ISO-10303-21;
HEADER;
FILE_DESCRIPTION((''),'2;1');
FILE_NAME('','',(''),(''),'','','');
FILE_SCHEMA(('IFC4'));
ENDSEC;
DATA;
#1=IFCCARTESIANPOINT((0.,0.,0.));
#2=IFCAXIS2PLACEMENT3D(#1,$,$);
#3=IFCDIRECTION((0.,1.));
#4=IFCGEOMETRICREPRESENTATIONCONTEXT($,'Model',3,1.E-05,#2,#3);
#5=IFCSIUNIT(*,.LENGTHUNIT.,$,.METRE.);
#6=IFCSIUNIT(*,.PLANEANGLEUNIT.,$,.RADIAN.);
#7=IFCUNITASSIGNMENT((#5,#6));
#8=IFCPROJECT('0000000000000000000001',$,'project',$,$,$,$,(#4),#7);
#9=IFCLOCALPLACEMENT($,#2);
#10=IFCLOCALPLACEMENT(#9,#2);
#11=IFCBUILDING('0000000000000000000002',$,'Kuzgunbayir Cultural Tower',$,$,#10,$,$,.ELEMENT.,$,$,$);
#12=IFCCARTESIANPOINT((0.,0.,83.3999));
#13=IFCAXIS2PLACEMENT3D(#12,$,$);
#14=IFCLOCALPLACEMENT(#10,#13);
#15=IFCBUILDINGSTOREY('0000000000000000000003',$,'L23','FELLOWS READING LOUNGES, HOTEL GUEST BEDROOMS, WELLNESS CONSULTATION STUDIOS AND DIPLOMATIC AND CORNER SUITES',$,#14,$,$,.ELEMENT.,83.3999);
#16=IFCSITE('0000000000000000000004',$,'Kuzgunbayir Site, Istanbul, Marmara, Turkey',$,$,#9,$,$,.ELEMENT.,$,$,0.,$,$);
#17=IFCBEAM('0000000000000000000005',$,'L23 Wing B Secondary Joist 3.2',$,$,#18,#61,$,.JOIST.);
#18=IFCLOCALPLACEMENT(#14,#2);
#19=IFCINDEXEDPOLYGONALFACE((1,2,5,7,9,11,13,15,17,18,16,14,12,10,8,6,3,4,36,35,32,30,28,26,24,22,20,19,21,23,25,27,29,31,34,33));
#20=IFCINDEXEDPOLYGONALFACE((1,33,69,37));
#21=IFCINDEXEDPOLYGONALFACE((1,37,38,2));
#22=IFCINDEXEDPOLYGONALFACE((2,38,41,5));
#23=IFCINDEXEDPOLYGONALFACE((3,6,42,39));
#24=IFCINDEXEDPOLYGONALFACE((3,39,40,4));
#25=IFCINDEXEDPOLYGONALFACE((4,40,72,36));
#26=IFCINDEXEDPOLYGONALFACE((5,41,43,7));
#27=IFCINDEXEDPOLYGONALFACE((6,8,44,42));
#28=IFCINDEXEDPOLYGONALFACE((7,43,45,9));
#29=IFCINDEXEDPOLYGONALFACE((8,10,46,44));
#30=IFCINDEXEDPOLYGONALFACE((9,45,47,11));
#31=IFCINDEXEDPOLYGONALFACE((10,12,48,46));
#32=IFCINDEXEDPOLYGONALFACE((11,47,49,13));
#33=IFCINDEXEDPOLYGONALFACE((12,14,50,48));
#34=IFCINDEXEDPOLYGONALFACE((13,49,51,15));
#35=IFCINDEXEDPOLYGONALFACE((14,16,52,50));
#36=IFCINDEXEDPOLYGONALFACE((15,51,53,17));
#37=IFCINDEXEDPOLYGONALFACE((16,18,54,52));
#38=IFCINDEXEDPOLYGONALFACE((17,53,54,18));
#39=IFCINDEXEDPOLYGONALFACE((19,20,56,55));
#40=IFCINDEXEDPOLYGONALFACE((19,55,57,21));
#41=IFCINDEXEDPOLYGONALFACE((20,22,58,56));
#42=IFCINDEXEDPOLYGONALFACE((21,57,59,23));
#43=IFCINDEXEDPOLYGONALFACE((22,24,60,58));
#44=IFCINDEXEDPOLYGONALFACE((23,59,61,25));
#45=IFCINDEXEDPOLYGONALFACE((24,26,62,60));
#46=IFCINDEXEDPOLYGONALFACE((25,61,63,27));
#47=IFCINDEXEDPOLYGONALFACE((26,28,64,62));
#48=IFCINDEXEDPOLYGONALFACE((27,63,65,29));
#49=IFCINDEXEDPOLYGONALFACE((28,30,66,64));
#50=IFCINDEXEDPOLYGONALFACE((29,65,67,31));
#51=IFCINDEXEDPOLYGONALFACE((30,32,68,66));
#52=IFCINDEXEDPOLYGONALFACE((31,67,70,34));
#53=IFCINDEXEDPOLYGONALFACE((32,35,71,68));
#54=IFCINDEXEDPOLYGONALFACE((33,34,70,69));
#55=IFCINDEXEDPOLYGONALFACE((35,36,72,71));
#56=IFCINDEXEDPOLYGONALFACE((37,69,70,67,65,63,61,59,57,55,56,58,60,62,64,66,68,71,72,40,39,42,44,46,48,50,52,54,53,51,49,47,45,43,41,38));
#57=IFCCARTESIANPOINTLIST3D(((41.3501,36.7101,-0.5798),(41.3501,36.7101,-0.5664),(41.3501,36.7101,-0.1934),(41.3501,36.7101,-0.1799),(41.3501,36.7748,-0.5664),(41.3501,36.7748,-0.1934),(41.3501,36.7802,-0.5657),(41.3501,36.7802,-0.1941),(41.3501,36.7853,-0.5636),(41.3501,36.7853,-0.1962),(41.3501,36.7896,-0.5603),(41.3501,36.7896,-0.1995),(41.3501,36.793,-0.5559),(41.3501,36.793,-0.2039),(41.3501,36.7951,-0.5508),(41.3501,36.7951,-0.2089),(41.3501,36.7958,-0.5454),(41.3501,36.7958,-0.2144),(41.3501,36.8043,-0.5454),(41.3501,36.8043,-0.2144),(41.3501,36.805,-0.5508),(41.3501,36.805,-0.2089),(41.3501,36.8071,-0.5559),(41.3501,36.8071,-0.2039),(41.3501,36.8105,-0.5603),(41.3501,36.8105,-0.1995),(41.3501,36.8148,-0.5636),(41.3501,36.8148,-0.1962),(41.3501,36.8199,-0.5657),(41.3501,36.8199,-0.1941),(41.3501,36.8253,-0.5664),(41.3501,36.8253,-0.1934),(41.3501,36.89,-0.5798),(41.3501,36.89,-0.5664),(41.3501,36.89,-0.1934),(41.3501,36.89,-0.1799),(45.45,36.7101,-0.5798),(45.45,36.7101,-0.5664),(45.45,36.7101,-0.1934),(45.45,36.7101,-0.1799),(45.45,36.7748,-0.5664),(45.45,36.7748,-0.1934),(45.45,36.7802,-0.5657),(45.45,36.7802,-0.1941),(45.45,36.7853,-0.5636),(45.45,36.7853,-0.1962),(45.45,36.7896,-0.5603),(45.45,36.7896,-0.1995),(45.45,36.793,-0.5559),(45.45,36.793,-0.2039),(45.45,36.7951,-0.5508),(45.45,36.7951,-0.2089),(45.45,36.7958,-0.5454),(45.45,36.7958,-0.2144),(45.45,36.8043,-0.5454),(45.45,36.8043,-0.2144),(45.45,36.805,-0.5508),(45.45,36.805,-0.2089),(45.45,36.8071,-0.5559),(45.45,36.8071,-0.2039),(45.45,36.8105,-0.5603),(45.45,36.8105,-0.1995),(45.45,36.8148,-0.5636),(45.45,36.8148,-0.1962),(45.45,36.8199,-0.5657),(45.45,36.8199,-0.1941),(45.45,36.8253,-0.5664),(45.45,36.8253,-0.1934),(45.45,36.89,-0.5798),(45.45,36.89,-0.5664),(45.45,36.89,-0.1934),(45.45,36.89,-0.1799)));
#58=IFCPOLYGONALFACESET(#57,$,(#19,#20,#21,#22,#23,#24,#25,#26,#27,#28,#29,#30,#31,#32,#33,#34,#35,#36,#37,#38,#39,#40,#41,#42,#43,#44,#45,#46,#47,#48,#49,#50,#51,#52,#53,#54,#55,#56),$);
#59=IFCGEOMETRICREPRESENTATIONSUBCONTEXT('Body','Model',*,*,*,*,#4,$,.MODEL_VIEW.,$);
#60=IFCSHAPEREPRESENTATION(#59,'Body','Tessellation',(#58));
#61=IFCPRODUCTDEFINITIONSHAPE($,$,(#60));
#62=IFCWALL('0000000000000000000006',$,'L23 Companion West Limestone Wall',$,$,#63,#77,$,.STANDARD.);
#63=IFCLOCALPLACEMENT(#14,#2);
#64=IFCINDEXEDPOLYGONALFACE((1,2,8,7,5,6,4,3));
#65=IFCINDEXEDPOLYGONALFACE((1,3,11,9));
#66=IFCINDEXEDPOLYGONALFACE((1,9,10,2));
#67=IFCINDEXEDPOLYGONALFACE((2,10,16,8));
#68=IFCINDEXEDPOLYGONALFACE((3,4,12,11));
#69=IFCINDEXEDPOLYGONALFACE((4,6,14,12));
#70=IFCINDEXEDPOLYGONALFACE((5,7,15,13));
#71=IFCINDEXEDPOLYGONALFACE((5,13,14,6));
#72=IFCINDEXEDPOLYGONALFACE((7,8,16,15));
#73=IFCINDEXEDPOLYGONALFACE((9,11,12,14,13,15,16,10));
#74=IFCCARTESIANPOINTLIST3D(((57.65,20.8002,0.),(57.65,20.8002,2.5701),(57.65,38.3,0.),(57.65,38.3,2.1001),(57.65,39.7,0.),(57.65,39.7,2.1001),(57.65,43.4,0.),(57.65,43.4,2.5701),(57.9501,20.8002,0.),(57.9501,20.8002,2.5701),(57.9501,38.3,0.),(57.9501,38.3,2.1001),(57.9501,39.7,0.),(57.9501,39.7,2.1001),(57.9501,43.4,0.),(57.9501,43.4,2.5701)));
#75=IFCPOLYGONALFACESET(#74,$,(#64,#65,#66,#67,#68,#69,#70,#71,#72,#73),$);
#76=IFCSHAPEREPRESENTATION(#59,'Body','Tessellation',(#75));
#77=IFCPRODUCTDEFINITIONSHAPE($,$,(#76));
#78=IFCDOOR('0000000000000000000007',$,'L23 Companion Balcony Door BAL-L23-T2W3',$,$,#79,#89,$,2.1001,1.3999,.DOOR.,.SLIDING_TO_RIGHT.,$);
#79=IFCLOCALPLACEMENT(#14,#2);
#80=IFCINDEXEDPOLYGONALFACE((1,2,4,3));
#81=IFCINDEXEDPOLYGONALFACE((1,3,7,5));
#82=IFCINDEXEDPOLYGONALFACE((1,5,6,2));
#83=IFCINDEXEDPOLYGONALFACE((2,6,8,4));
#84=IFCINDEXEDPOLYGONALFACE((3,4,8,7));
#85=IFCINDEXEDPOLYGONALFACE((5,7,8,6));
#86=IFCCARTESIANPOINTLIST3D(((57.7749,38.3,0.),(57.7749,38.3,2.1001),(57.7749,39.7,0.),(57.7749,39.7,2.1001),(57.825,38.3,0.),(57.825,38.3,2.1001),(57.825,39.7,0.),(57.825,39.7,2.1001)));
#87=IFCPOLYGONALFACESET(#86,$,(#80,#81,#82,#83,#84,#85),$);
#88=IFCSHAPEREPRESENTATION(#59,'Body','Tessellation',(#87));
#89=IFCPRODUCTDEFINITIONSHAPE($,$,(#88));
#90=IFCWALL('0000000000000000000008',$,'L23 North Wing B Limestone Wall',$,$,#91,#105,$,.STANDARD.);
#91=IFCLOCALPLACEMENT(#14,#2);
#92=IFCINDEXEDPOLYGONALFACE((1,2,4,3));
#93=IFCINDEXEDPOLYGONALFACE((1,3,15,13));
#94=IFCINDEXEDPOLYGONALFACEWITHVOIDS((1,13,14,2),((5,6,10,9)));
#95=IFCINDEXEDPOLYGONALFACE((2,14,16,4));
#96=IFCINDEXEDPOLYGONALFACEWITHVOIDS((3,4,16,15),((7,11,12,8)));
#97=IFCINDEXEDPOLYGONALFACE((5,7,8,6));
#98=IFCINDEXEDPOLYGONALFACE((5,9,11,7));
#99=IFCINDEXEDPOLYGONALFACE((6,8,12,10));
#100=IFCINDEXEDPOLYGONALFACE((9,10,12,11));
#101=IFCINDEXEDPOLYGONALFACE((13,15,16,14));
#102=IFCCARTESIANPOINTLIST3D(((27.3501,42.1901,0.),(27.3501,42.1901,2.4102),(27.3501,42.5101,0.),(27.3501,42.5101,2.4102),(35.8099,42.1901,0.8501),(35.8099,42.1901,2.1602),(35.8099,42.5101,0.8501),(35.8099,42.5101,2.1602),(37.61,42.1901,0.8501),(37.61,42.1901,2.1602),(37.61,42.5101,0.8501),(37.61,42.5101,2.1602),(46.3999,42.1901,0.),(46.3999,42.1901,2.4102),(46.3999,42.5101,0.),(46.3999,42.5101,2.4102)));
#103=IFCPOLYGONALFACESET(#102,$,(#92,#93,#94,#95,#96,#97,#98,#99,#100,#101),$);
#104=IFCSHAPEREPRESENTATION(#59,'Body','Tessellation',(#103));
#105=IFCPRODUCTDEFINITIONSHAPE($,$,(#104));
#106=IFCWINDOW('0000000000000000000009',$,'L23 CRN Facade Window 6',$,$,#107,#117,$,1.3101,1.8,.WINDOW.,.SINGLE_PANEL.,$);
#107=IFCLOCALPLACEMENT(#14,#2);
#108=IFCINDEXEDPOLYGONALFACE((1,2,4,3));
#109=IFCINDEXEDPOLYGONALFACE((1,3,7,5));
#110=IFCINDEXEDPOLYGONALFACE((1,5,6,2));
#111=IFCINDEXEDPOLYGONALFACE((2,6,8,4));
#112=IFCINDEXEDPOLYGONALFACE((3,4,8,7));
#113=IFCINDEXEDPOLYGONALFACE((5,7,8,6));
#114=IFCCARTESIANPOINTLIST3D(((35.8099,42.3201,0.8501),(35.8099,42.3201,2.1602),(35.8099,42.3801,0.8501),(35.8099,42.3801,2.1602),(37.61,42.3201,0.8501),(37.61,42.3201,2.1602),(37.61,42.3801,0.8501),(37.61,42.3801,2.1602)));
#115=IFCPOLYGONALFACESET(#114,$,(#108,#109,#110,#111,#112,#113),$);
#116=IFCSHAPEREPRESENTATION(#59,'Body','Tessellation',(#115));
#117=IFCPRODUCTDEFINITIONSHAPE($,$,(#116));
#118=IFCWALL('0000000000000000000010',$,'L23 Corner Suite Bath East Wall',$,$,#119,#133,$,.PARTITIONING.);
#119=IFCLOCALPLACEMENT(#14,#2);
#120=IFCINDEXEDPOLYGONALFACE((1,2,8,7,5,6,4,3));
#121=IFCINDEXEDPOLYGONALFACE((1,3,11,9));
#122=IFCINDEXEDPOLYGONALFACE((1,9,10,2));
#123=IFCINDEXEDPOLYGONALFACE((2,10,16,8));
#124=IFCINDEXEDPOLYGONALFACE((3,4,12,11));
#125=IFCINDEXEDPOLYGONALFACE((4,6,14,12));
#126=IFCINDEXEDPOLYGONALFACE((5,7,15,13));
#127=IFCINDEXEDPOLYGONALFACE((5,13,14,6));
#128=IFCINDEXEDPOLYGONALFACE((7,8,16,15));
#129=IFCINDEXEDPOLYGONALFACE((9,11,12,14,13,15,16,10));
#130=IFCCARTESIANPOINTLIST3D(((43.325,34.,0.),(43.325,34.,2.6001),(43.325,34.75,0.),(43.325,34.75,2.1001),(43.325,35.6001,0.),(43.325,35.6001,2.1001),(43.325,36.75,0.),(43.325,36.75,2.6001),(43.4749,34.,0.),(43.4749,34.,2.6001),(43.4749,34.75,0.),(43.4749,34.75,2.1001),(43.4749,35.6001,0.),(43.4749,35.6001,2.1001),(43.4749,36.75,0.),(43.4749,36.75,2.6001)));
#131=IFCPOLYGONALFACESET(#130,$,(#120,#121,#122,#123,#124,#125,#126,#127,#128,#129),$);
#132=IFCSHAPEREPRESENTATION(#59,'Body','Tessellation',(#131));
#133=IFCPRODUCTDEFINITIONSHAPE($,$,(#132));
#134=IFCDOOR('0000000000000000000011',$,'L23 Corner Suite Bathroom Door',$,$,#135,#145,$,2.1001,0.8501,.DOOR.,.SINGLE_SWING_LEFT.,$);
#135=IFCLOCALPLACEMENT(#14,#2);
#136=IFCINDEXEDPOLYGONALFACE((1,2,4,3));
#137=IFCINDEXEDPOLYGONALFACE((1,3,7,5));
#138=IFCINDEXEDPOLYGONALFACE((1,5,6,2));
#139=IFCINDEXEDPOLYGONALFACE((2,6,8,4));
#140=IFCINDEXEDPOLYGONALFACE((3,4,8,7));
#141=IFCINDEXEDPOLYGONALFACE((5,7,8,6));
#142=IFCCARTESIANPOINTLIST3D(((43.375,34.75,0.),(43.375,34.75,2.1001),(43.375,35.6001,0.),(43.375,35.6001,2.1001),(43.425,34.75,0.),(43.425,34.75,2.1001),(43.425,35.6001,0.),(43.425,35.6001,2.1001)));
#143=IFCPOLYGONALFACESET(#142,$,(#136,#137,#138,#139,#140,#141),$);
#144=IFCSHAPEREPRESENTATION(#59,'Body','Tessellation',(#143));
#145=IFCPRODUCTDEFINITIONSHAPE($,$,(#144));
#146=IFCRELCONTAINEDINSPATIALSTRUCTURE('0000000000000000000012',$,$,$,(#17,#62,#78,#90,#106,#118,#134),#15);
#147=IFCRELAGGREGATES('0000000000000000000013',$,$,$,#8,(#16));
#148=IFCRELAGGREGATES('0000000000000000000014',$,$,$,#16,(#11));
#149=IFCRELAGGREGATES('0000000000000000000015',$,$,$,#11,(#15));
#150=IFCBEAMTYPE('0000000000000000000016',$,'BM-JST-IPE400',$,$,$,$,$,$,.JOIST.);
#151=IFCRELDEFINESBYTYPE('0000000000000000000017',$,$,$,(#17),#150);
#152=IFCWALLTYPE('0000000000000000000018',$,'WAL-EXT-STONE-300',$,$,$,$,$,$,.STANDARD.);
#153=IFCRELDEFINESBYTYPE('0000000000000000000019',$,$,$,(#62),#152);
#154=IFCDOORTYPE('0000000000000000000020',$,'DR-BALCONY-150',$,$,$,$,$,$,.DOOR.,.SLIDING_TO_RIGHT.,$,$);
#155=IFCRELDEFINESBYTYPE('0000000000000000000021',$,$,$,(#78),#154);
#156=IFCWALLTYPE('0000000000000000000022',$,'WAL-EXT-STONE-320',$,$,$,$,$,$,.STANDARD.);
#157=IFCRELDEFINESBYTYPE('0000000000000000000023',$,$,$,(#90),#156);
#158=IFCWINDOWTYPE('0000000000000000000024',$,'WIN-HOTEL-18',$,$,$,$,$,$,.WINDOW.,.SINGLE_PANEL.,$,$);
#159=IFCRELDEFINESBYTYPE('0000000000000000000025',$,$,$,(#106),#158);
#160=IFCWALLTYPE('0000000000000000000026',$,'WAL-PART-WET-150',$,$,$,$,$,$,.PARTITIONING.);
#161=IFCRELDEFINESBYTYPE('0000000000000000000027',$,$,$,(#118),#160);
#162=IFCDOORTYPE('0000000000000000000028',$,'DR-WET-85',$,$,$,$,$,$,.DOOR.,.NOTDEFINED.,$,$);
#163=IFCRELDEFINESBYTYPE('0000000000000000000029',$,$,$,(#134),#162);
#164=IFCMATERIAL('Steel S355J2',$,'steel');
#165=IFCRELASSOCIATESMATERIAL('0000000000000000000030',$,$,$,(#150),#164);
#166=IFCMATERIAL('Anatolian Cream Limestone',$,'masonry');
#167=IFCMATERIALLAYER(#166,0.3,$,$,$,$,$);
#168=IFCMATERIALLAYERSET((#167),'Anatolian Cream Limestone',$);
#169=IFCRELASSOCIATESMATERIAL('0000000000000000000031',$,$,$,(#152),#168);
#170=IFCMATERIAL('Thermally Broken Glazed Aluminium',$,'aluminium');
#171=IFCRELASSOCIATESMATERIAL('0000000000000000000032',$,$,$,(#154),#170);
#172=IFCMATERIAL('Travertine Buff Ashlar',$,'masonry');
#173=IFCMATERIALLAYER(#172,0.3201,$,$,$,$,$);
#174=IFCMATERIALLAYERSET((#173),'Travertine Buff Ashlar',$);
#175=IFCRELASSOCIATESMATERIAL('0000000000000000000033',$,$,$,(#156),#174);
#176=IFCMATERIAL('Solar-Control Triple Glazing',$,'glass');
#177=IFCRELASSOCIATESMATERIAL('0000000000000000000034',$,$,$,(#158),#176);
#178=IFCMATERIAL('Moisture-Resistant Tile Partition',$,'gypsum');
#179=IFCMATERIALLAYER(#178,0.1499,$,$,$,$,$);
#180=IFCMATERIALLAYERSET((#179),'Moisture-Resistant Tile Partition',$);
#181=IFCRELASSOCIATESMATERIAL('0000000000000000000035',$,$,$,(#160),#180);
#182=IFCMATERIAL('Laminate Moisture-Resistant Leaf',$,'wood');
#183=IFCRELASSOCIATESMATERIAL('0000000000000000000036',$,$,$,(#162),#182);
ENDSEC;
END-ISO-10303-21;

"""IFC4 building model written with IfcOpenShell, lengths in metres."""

from ifc_helpers import new_model, si_unit, direction, frame, frame_2d, origin, origin_2d, place, context, subcontext, project, spatial, rectangle, i_section, extrude, material, layer, layer_set, material_profile, profile_set, type_object, element, fill, save


model = new_model("IFC4")

# Units and contexts
model_context = context("Model", 3, precision=1e-05, world=origin(), true_north=direction((0.0, 1.0)))
body_context = subcontext(model_context, "Body", "Model", "MODEL_VIEW")
ifc_project = project(units=[si_unit("LENGTHUNIT", "METRE"), si_unit("PLANEANGLEUNIT", "RADIAN")], contexts=[model_context])

# Site, building, storey
site_placement = place(None, origin())
site = spatial("IfcSite", under=ifc_project, at=site_placement, Name="Kuzgunbayir Site, Istanbul, Marmara, Turkey", CompositionType="ELEMENT", RefElevation=0.0)
building_placement = place(site_placement, origin())
building = spatial("IfcBuilding", under=site, at=building_placement, Name="Kuzgunbayir Cultural Tower", CompositionType="ELEMENT")
storey_placement = place(building_placement, frame((0.0, 0.0, 83.3999)))
storey = spatial("IfcBuildingStorey", under=building, at=storey_placement, Name="L23", Description="FELLOWS READING LOUNGES, HOTEL GUEST BEDROOMS, WELLNESS CONSULTATION STUDIOS AND DIPLOMATIC AND CORNER SUITES", CompositionType="ELEMENT", Elevation=83.3999)

# Beam
ifc_material_1 = material(Name="Steel S355J2", Category="steel")
ifc_material_profile_1 = material_profile(ifc_material_1, i_section(OverallWidth=0.1799, OverallDepth=0.3999, WebThickness=0.0085, FlangeThickness=0.0134, FilletRadius=0.021, at=origin_2d()), Name="IPE 400")
ifc_profile_set_1 = profile_set([ifc_material_profile_1], Name="Steel S355J2")
beam_type_1 = type_object("IfcBeamType", Name="BM-JST-IPE400", PredefinedType="JOIST", material=ifc_profile_set_1)
beam_1_placement = place(storey_placement, frame((41.3501, 36.8, -0.3799), z_axis=(1.0, 0.0, 0.0), x_axis=(0.0, 1.0, 0.0)))
element("IfcBeam", 1, at=beam_1_placement, inside=storey, type_object=beam_type_1, Name="L23 Wing B Secondary Joist 3.2", PredefinedType="JOIST", context=body_context, shape_type="SweptSolid", body=[
    extrude(i_section(OverallWidth=0.1799, OverallDepth=0.3999, WebThickness=0.0085, FlangeThickness=0.0134, FilletRadius=0.021, at=origin_2d()), origin(), (0.0, 0.0, 1.0), 4.0999),
])

# Wall, opening, door
ifc_material_2 = material(Name="Anatolian Cream Limestone", Category="masonry")
ifc_layer_1 = layer(ifc_material_2, 0.3)
ifc_layer_set_1 = layer_set([ifc_layer_1], Name="Anatolian Cream Limestone")
wall_type_1 = type_object("IfcWallType", Name="WAL-EXT-STONE-300", PredefinedType="STANDARD", material=ifc_layer_set_1)
wall_1_placement = place(storey_placement, frame((57.8, 43.3999, 0.0), z_axis=(0.0, 0.0, 1.0), x_axis=(0.0, -1.0, 0.0)))
wall_1 = element("IfcWall", 2, at=wall_1_placement, inside=storey, type_object=wall_type_1, Name="L23 Companion West Limestone Wall", PredefinedType="STANDARD", context=body_context, shape_type="SweptSolid", body=[
    extrude(rectangle(XDim=22.5999, YDim=0.3, at=frame_2d((11.2998, 0.0))), origin(), (0.0, 0.0, 1.0), 2.5701),
])
opening_1_placement = place(wall_1_placement, frame((3.7, 0.0, 0.0)))
opening_1 = element("IfcOpeningElement", 3, at=opening_1_placement, cuts=wall_1, PredefinedType="OPENING", context=body_context, shape_type="SweptSolid", body=[
    extrude(rectangle(XDim=1.3999, YDim=2.1001, at=frame_2d((0.7, 1.05))), frame((0.0, 0.1602, 0.0), z_axis=(0.0, -1.0, 0.0), x_axis=(1.0, 0.0, 0.0)), (0.0, 0.0, 1.0), 0.3201),
])
ifc_material_3 = material(Name="Thermally Broken Glazed Aluminium", Category="aluminium")
door_type_1 = type_object("IfcDoorType", Name="DR-BALCONY-150", OperationType="SLIDING_TO_RIGHT", PredefinedType="DOOR", material=ifc_material_3)
door_1_placement = place(opening_1_placement, origin())
door_1 = element("IfcDoor", 4, at=door_1_placement, inside=storey, type_object=door_type_1, Name="L23 Companion Balcony Door BAL-L23-T2W3", OperationType="SLIDING_TO_RIGHT", OverallHeight=2.1001, OverallWidth=1.3999, PredefinedType="DOOR", context=body_context, shape_type="SweptSolid", body=[
    extrude(rectangle(XDim=1.3999, YDim=2.1001, at=frame_2d((0.7, 1.05))), frame((0.0, 0.0249, 0.0), z_axis=(0.0, -1.0, 0.0), x_axis=(1.0, 0.0, 0.0)), (0.0, 0.0, 1.0), 0.05),
])
fill(opening_1, door_1)

# Wall, opening, window
ifc_material_4 = material(Name="Travertine Buff Ashlar", Category="masonry")
ifc_layer_2 = layer(ifc_material_4, 0.3201)
ifc_layer_set_2 = layer_set([ifc_layer_2], Name="Travertine Buff Ashlar")
wall_type_2 = type_object("IfcWallType", Name="WAL-EXT-STONE-320", PredefinedType="STANDARD", material=ifc_layer_set_2)
wall_2_placement = place(storey_placement, frame((46.3999, 42.3501, 0.0), z_axis=(0.0, 0.0, 1.0), x_axis=(-1.0, 0.0, 0.0)))
wall_2 = element("IfcWall", 5, at=wall_2_placement, inside=storey, type_object=wall_type_2, Name="L23 North Wing B Limestone Wall", PredefinedType="STANDARD", context=body_context, shape_type="SweptSolid", body=[
    extrude(rectangle(XDim=19.0498, YDim=0.3201, at=frame_2d((9.5249, 0.0))), origin(), (0.0, 0.0, 1.0), 2.4102),
])
opening_2_placement = place(wall_2_placement, frame((8.79, 0.0, 0.8501)))
opening_2 = element("IfcOpeningElement", 6, at=opening_2_placement, cuts=wall_2, PredefinedType="OPENING", context=body_context, shape_type="SweptSolid", body=[
    extrude(rectangle(XDim=1.8, YDim=1.3101, at=frame_2d((0.8999, 0.655))), frame((0.0, 0.1699, 0.0), z_axis=(0.0, -1.0, 0.0), x_axis=(1.0, 0.0, 0.0)), (0.0, 0.0, 1.0), 0.3401),
])
ifc_material_5 = material(Name="Solar-Control Triple Glazing", Category="glass")
window_type = type_object("IfcWindowType", Name="WIN-HOTEL-18", PartitioningType="SINGLE_PANEL", PredefinedType="WINDOW", material=ifc_material_5)
window_placement = place(opening_2_placement, origin())
window = element("IfcWindow", 7, at=window_placement, inside=storey, type_object=window_type, Name="L23 CRN Facade Window 6", OverallHeight=1.3101, OverallWidth=1.8, PartitioningType="SINGLE_PANEL", PredefinedType="WINDOW", context=body_context, shape_type="SweptSolid", body=[
    extrude(rectangle(XDim=1.8, YDim=1.3101, at=frame_2d((0.8999, 0.655))), frame((0.0, 0.03, 0.0), z_axis=(0.0, -1.0, 0.0), x_axis=(1.0, 0.0, 0.0)), (0.0, 0.0, 1.0), 0.0601),
])
fill(opening_2, window)

# Wall, opening, door
ifc_material_6 = material(Name="Moisture-Resistant Tile Partition", Category="gypsum")
ifc_layer_3 = layer(ifc_material_6, 0.1499)
ifc_layer_set_3 = layer_set([ifc_layer_3], Name="Moisture-Resistant Tile Partition")
wall_type_3 = type_object("IfcWallType", Name="WAL-PART-WET-150", PredefinedType="PARTITIONING", material=ifc_layer_set_3)
wall_3_placement = place(storey_placement, frame((43.3999, 34.0, 0.0), z_axis=(0.0, 0.0, 1.0), x_axis=(0.0, 1.0, 0.0)))
wall_3 = element("IfcWall", 8, at=wall_3_placement, inside=storey, type_object=wall_type_3, Name="L23 Corner Suite Bath East Wall", PredefinedType="PARTITIONING", context=body_context, shape_type="SweptSolid", body=[
    extrude(rectangle(XDim=2.75, YDim=0.1499, at=frame_2d((1.375, 0.0))), origin(), (0.0, 0.0, 1.0), 2.6001),
])
opening_3_placement = place(wall_3_placement, frame((0.75, 0.0, 0.0)))
opening_3 = element("IfcOpeningElement", 9, at=opening_3_placement, cuts=wall_3, PredefinedType="OPENING", context=body_context, shape_type="SweptSolid", body=[
    extrude(rectangle(XDim=0.8501, YDim=2.1001, at=frame_2d((0.425, 1.05))), frame((0.0, 0.085, 0.0), z_axis=(0.0, -1.0, 0.0), x_axis=(1.0, 0.0, 0.0)), (0.0, 0.0, 1.0), 0.1699),
])
ifc_material_7 = material(Name="Laminate Moisture-Resistant Leaf", Category="wood")
door_type_2 = type_object("IfcDoorType", Name="DR-WET-85", OperationType="NOTDEFINED", PredefinedType="DOOR", material=ifc_material_7)
door_2_placement = place(opening_3_placement, origin())
door_2 = element("IfcDoor", 10, at=door_2_placement, inside=storey, type_object=door_type_2, Name="L23 Corner Suite Bathroom Door", OperationType="SINGLE_SWING_LEFT", OverallHeight=2.1001, OverallWidth=0.8501, PredefinedType="DOOR", context=body_context, shape_type="SweptSolid", body=[
    extrude(rectangle(XDim=0.8501, YDim=2.1001, at=frame_2d((0.425, 1.05))), frame((0.0, 0.0249, 0.0), z_axis=(0.0, -1.0, 0.0), x_axis=(1.0, 0.0, 0.0)), (0.0, 0.0, 1.0), 0.05),
])
fill(opening_3, door_2)

save(model, "model.ifc")
